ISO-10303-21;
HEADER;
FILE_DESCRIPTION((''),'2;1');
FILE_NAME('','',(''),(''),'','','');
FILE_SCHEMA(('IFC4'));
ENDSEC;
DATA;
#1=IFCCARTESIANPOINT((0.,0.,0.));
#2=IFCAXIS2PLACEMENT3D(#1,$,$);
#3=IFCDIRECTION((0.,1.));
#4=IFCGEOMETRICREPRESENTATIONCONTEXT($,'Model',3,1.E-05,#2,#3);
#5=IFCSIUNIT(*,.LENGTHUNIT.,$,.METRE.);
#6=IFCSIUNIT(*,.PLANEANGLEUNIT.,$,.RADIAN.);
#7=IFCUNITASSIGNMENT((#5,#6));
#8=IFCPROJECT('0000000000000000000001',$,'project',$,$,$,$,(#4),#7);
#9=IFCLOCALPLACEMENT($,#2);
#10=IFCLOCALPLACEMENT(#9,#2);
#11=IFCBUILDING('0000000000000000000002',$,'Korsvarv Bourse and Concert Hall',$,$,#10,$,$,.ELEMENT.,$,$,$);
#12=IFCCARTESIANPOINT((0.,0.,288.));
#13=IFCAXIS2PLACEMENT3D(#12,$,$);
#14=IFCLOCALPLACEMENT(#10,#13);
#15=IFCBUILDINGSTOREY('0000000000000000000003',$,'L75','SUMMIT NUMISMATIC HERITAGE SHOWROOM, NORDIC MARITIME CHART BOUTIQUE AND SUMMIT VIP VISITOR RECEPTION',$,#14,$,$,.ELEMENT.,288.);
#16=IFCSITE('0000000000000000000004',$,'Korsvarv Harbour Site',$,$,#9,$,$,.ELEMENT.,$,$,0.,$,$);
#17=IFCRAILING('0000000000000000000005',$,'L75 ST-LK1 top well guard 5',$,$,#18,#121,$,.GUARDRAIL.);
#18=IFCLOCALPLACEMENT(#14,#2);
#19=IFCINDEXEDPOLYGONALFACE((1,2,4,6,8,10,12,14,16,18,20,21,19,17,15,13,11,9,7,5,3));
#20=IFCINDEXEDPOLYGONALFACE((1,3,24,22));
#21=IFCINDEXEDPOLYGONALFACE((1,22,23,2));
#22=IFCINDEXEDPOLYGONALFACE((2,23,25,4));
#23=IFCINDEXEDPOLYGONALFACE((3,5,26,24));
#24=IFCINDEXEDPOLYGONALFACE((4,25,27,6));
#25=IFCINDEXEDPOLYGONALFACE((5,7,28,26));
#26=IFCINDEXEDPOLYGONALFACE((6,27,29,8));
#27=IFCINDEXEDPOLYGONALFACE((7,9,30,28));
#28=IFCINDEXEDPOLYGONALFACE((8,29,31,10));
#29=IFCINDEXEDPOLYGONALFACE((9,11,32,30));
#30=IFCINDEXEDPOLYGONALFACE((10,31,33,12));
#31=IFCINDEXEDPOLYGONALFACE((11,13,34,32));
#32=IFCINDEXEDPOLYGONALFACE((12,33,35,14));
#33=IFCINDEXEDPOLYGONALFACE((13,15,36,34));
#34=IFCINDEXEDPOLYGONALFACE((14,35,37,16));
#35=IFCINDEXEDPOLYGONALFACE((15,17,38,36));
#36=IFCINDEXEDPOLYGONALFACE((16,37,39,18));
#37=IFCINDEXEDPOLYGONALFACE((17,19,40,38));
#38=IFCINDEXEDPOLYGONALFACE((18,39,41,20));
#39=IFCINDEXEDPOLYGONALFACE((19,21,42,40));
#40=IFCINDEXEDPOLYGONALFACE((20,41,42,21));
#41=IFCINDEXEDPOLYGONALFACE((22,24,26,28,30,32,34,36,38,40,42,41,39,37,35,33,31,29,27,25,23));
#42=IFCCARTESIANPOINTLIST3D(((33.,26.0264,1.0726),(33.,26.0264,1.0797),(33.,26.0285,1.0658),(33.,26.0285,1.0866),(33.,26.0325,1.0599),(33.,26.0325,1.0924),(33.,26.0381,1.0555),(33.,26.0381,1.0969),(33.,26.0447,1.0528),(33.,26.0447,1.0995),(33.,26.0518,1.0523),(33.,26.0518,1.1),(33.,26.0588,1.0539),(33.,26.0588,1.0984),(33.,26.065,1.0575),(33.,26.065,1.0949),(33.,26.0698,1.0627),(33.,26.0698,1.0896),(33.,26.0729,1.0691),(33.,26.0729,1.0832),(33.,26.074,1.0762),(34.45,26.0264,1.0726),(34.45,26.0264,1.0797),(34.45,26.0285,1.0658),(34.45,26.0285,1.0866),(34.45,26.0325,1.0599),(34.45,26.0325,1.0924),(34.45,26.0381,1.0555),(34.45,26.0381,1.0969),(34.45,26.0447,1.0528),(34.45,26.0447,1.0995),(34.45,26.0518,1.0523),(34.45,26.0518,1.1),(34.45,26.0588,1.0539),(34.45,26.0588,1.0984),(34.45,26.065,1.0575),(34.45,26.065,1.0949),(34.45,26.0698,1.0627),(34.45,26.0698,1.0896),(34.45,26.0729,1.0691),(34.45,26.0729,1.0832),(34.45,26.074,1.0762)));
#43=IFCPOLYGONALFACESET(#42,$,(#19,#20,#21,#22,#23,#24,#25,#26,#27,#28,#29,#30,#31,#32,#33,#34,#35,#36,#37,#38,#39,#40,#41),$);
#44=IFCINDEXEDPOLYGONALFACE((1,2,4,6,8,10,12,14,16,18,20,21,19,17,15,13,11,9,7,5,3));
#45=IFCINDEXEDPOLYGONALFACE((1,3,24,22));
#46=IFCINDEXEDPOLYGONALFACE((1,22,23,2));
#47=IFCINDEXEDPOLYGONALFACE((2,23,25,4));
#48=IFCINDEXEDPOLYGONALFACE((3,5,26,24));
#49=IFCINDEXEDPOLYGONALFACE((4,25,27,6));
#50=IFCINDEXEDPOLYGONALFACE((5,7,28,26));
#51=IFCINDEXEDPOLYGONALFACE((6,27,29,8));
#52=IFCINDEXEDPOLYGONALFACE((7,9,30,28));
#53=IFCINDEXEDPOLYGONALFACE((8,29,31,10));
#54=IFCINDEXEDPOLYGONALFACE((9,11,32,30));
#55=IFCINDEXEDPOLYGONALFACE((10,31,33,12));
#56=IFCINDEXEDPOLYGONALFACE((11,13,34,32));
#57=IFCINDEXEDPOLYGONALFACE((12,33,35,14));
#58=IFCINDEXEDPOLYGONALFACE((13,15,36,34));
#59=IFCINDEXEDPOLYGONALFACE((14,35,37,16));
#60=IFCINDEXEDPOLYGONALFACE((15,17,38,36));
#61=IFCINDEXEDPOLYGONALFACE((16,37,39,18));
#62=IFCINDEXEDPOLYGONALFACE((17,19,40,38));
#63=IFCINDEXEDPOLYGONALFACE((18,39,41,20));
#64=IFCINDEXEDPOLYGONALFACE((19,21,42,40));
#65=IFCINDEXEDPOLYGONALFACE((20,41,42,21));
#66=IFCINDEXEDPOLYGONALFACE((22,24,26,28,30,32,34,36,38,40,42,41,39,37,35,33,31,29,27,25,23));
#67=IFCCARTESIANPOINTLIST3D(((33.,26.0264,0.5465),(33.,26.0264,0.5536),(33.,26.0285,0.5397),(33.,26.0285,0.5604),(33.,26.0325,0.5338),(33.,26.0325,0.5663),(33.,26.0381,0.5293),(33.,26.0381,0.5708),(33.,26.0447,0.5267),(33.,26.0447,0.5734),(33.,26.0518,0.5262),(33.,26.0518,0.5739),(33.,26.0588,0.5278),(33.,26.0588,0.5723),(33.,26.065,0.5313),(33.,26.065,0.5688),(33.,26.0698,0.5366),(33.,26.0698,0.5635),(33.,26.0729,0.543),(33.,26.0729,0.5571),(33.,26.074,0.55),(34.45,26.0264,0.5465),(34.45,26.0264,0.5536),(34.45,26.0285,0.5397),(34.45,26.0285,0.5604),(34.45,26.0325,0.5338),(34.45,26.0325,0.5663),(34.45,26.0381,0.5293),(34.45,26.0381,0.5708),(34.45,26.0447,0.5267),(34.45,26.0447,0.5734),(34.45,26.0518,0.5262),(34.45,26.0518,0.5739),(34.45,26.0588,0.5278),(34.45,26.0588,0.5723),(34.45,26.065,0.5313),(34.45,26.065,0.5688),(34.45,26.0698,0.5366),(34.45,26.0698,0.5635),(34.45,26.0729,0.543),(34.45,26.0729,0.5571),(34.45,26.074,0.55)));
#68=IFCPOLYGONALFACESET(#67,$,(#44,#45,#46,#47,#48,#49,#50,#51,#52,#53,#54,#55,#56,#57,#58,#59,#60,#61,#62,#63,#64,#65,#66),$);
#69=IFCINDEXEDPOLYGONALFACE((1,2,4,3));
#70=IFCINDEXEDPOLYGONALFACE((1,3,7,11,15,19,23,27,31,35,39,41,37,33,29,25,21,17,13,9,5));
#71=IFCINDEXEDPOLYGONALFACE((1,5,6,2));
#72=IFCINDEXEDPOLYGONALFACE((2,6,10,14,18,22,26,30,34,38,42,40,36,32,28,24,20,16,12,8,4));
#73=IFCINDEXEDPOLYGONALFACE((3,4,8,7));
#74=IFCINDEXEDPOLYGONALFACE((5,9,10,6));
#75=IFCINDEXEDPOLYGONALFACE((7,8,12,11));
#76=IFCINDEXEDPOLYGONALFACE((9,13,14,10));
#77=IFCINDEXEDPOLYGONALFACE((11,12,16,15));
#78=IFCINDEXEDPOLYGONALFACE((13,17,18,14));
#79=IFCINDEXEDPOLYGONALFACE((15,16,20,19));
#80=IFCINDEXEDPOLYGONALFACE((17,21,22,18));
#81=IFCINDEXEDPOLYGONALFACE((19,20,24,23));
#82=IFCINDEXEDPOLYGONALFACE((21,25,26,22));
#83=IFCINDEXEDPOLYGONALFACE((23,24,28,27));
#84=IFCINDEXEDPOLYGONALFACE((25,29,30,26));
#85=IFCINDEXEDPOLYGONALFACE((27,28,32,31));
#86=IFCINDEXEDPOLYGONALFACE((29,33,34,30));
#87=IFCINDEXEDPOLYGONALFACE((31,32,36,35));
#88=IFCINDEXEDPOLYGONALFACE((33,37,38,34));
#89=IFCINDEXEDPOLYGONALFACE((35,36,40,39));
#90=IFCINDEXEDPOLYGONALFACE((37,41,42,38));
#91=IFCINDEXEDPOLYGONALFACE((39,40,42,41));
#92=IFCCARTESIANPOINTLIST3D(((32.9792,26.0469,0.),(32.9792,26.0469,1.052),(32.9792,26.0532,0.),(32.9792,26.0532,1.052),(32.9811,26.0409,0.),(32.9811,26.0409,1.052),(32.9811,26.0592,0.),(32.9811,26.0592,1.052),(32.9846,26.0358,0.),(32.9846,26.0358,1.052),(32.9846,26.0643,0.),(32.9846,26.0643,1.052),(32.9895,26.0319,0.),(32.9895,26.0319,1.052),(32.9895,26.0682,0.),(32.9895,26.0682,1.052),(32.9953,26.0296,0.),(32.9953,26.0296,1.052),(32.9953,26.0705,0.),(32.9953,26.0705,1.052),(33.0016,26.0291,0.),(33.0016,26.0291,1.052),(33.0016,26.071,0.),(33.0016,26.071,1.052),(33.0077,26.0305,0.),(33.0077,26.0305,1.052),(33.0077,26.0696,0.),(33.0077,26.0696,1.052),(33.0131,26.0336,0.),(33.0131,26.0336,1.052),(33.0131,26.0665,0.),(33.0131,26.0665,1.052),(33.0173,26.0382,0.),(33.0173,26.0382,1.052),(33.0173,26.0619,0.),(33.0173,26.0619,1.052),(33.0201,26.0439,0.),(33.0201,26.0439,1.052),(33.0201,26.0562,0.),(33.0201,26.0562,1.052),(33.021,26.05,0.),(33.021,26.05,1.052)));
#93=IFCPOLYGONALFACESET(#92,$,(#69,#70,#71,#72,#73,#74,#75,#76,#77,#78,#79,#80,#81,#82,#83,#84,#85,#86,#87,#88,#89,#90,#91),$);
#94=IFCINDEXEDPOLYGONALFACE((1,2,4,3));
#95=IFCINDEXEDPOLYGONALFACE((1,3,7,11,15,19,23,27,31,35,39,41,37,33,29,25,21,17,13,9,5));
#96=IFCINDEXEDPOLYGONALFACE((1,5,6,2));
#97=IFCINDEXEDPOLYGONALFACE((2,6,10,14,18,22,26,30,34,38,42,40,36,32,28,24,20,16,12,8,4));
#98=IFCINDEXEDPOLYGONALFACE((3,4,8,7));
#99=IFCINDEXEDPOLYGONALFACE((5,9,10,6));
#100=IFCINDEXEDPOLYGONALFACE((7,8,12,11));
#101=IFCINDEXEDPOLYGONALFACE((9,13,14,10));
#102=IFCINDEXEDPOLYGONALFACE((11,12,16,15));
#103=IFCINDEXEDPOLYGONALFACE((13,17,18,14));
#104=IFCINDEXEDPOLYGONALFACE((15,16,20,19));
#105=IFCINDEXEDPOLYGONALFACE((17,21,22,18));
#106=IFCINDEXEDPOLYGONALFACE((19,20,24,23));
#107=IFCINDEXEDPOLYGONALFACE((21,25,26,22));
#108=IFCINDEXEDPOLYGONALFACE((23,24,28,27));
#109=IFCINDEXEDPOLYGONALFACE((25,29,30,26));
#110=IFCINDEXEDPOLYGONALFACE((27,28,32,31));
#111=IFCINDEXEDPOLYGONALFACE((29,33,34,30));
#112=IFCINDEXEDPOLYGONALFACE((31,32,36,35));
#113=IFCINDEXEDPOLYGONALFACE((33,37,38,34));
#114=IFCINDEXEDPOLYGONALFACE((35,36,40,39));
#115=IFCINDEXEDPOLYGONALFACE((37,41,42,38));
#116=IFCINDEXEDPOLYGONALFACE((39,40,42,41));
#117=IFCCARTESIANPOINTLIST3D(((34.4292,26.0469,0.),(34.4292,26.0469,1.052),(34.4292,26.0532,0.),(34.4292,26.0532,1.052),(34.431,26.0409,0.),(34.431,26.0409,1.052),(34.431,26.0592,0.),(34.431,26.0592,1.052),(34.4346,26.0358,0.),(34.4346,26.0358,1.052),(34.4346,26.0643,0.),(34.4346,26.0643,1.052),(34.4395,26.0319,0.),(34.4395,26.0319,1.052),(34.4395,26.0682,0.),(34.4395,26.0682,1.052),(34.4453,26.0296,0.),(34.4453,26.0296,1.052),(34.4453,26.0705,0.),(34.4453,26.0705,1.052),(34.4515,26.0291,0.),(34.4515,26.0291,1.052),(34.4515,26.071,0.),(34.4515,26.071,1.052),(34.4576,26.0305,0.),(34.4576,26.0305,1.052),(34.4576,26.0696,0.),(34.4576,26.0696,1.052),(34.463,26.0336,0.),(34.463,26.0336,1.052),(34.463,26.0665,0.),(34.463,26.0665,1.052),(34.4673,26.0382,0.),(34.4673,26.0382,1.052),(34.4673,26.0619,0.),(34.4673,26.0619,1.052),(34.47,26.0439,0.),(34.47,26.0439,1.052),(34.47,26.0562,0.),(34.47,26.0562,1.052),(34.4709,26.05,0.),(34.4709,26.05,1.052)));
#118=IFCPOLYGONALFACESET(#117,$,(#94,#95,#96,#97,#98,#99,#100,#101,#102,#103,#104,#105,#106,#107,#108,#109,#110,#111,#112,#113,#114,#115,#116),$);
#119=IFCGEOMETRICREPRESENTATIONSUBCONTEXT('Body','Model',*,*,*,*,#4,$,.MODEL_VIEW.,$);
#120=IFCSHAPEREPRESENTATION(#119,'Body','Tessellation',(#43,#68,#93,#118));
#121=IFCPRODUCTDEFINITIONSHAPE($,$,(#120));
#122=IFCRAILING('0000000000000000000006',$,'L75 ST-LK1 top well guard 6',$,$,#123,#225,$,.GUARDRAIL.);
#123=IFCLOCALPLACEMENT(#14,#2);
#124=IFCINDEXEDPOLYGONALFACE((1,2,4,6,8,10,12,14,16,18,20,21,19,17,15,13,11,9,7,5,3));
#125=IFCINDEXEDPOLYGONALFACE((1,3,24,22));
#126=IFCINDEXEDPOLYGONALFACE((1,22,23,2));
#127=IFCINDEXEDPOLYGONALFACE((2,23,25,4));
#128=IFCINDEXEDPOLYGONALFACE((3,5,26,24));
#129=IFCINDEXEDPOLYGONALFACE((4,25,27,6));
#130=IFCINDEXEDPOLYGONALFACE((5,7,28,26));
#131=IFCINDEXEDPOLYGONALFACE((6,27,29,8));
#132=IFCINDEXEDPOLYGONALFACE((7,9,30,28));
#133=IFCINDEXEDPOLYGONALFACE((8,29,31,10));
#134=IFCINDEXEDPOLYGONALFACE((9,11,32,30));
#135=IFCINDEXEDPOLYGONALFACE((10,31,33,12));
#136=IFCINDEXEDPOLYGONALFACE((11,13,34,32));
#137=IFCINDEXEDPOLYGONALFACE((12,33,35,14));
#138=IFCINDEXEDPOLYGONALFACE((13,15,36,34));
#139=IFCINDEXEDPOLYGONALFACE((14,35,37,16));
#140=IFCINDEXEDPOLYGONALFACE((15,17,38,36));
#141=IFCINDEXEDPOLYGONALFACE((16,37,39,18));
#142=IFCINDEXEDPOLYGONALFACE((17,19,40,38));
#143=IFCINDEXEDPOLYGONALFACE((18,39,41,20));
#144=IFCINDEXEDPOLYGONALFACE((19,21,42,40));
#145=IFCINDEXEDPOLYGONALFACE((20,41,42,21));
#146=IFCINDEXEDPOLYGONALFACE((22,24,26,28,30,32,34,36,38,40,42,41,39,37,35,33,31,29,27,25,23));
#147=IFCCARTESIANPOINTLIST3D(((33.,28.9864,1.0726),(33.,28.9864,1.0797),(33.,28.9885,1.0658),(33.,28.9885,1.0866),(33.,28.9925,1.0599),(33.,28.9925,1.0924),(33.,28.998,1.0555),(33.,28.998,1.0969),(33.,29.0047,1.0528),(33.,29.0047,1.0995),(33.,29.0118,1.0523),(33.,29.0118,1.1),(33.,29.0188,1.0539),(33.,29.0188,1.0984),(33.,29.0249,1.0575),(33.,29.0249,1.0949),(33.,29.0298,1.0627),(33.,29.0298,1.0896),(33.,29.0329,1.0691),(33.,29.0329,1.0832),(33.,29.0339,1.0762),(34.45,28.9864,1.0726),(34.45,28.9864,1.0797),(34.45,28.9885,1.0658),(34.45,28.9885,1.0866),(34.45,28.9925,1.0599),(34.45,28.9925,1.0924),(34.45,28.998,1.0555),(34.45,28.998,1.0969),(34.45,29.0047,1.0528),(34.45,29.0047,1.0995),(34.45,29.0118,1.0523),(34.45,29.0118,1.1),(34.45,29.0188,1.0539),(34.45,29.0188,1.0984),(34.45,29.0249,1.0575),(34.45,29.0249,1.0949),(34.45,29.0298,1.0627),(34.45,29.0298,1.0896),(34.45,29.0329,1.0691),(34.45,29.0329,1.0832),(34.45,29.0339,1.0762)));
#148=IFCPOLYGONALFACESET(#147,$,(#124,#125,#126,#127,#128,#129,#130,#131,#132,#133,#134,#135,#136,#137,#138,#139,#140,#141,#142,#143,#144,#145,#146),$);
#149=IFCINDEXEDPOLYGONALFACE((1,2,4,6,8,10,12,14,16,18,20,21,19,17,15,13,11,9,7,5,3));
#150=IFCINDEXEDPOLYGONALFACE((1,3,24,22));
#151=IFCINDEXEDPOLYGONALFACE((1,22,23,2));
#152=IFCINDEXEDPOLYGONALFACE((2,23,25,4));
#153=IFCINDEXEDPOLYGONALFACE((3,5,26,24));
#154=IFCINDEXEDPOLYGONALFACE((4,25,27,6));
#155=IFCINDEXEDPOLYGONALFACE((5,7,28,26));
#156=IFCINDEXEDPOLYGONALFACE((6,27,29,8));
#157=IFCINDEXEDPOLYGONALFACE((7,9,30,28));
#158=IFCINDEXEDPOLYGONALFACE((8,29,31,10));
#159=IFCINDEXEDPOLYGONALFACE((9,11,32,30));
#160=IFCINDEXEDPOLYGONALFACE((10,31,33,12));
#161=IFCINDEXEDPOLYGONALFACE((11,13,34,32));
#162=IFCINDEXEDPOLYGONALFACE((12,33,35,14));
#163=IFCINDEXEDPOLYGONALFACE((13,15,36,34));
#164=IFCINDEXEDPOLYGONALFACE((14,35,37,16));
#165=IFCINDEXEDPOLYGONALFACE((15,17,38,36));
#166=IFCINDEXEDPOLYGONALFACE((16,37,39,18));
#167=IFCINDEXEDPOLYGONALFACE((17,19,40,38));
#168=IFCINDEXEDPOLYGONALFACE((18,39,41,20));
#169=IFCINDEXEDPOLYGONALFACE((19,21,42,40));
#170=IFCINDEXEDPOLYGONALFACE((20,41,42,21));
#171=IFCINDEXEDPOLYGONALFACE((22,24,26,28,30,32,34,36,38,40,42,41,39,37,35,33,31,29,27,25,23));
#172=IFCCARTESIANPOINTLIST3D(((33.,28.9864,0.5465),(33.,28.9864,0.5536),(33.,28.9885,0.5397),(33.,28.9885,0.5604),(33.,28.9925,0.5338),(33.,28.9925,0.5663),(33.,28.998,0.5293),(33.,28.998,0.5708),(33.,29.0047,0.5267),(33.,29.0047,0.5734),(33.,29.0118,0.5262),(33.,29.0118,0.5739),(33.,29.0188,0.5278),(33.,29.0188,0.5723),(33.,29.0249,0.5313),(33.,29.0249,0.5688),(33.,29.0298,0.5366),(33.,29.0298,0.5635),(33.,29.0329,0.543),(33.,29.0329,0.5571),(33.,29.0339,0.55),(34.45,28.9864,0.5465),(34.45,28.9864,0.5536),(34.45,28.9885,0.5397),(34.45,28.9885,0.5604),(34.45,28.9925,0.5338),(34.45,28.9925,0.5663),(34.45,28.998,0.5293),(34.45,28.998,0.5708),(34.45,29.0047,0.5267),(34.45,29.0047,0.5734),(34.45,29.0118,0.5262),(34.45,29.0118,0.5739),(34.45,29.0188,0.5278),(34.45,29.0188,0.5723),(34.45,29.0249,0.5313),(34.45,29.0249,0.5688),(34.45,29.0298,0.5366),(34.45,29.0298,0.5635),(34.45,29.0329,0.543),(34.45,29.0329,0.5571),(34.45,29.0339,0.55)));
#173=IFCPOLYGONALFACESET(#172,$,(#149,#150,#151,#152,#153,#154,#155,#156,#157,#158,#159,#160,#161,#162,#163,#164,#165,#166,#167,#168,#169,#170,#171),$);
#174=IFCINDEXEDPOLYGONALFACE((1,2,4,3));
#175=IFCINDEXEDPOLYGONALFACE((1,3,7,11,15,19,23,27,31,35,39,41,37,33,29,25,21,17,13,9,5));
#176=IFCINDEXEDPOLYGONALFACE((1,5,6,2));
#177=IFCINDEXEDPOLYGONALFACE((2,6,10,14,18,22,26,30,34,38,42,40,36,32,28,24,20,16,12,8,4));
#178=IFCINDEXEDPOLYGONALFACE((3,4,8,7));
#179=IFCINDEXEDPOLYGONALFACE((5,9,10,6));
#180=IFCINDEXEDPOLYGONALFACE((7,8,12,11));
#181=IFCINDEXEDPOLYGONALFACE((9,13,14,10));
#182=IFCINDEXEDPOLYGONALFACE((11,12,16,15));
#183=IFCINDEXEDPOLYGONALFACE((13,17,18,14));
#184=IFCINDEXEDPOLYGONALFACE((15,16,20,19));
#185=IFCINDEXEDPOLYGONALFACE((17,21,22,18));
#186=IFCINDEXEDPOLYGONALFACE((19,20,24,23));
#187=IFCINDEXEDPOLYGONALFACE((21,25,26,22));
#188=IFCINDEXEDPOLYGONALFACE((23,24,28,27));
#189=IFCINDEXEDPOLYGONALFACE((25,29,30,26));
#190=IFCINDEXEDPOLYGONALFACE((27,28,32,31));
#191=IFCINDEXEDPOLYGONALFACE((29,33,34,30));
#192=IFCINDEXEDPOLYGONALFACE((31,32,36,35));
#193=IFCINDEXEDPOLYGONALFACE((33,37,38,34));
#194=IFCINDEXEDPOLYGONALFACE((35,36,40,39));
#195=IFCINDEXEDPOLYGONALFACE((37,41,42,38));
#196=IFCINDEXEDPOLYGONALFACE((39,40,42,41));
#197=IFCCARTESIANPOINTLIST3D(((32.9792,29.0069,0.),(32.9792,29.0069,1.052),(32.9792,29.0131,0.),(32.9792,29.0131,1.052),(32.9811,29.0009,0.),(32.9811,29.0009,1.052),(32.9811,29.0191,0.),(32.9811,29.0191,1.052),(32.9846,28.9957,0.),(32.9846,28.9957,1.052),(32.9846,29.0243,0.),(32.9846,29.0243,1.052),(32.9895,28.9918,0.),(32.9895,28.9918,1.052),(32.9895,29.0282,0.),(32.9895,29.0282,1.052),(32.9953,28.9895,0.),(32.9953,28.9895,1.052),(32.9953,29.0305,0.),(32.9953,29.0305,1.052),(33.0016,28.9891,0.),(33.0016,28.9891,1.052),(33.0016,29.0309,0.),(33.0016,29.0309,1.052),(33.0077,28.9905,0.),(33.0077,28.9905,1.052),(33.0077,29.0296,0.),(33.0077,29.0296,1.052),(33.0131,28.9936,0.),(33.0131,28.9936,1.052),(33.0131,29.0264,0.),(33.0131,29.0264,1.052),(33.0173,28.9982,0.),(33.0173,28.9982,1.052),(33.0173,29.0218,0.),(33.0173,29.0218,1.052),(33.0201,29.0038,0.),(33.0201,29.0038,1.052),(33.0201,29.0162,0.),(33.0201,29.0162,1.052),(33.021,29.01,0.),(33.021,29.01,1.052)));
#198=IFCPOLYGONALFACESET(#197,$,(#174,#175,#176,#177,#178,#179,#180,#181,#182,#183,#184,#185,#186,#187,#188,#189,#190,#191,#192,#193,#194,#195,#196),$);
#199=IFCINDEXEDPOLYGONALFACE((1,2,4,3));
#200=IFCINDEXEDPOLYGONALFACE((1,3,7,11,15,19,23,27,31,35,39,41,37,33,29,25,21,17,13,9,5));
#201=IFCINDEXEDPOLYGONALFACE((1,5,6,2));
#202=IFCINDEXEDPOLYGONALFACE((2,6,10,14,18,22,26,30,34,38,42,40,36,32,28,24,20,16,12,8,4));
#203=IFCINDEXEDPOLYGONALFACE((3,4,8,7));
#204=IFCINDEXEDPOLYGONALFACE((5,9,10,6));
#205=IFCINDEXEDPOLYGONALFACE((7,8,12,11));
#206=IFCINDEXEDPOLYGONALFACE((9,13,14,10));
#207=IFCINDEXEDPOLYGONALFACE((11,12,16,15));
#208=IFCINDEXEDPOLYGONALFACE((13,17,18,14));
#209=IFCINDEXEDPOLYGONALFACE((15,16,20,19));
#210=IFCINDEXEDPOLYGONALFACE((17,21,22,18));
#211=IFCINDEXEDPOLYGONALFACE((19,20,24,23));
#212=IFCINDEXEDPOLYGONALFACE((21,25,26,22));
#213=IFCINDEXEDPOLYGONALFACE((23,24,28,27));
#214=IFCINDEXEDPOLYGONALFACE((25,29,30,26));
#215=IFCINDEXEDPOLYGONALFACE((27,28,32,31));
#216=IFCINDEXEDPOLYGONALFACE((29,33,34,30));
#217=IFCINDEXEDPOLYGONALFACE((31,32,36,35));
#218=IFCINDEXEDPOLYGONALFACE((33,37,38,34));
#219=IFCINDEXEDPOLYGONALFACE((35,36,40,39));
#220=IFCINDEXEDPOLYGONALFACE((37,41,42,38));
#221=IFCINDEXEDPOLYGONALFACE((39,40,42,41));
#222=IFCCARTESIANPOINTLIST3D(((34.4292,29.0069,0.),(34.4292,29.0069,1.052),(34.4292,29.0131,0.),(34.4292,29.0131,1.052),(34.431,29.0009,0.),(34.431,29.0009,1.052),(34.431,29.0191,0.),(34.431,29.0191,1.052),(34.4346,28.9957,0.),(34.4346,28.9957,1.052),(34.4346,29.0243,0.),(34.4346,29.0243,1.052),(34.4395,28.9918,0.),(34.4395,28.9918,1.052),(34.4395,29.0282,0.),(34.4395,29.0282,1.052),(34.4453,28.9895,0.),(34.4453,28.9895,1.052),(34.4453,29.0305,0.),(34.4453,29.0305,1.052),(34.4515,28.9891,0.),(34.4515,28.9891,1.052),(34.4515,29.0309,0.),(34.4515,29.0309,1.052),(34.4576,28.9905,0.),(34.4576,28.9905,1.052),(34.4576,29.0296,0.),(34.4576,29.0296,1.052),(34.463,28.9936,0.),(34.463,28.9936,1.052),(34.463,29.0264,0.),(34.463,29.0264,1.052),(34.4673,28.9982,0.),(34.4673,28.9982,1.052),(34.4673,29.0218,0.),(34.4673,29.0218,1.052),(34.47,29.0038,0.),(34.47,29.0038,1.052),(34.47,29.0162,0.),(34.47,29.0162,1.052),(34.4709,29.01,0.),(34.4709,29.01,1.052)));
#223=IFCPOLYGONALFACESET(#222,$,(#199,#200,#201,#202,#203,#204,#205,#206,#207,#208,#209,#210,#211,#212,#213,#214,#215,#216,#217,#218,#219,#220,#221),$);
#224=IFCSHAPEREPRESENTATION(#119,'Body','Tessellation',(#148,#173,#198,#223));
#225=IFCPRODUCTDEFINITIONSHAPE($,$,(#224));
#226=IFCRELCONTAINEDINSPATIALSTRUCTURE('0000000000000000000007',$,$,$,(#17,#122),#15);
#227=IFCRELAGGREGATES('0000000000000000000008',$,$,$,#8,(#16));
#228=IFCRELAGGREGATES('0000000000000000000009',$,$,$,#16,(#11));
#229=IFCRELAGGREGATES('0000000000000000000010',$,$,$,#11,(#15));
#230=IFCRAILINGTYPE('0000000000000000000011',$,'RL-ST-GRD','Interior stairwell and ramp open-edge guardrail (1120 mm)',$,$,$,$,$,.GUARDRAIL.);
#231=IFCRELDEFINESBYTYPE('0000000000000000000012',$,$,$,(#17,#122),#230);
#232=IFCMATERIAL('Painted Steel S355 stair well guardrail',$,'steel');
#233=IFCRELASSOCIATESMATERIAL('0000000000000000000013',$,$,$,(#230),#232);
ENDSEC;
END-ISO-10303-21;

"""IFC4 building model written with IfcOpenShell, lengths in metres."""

from ifc_helpers import new_model, si_unit, direction, frame, origin, origin_2d, place, context, subcontext, project, spatial, circle, extrude, material, type_object, element, save


model = new_model("IFC4")

# Units and contexts
model_context = context("Model", 3, precision=1e-05, world=origin(), true_north=direction((0.0, 1.0)))
body_context = subcontext(model_context, "Body", "Model", "MODEL_VIEW")
ifc_project = project(units=[si_unit("LENGTHUNIT", "METRE"), si_unit("PLANEANGLEUNIT", "RADIAN")], contexts=[model_context])

# Site, building, storey
site_placement = place(None, origin())
site = spatial("IfcSite", under=ifc_project, at=site_placement, Name="Korsvarv Harbour Site", CompositionType="ELEMENT", RefElevation=0.0)
building_placement = place(site_placement, origin())
building = spatial("IfcBuilding", under=site, at=building_placement, Name="Korsvarv Bourse and Concert Hall", CompositionType="ELEMENT")
storey_placement = place(building_placement, frame((0.0, 0.0, 288.0)))
storey = spatial("IfcBuildingStorey", under=building, at=storey_placement, Name="L75", Description="SUMMIT NUMISMATIC HERITAGE SHOWROOM, NORDIC MARITIME CHART BOUTIQUE AND SUMMIT VIP VISITOR RECEPTION", CompositionType="ELEMENT", Elevation=288.0)

# Railings
ifc_material_1 = material(Name="Painted Steel S355 stair well guardrail", Category="steel")
railing_type = type_object("IfcRailingType", Name="RL-ST-GRD", Description="Interior stairwell and ramp open-edge guardrail (1120 mm)", PredefinedType="GUARDRAIL", material=ifc_material_1)
for number, where, name in (
    (1, (33.0, 26.05, 0.0), "L75 ST-LK1 top well guard 5"),
    (2, (33.0, 29.01, 0.0), "L75 ST-LK1 top well guard 6"),
):
    element("IfcRailing", number, at=place(storey_placement, frame(where)), inside=storey, type_object=railing_type, Name=name, PredefinedType="GUARDRAIL", context=body_context, shape_type="SweptSolid", body=[
        extrude(circle(Radius=0.0239, at=origin_2d()), frame((0.0, 0.0, 1.0762), z_axis=(1.0, 0.0, 0.0), x_axis=(0.0, 1.0, 0.0)), (0.0, 0.0, 1.0), 1.45),
        extrude(circle(Radius=0.0239, at=origin_2d()), frame((0.0, 0.0, 0.55), z_axis=(1.0, 0.0, 0.0), x_axis=(0.0, 1.0, 0.0)), (0.0, 0.0, 1.0), 1.45),
        extrude(circle(Radius=0.021, at=origin_2d()), origin(), (0.0, 0.0, 1.0), 1.052),
        extrude(circle(Radius=0.021, at=origin_2d()), frame((1.45, 0.0, 0.0)), (0.0, 0.0, 1.0), 1.052),
    ])

save(model, "model.ifc")
